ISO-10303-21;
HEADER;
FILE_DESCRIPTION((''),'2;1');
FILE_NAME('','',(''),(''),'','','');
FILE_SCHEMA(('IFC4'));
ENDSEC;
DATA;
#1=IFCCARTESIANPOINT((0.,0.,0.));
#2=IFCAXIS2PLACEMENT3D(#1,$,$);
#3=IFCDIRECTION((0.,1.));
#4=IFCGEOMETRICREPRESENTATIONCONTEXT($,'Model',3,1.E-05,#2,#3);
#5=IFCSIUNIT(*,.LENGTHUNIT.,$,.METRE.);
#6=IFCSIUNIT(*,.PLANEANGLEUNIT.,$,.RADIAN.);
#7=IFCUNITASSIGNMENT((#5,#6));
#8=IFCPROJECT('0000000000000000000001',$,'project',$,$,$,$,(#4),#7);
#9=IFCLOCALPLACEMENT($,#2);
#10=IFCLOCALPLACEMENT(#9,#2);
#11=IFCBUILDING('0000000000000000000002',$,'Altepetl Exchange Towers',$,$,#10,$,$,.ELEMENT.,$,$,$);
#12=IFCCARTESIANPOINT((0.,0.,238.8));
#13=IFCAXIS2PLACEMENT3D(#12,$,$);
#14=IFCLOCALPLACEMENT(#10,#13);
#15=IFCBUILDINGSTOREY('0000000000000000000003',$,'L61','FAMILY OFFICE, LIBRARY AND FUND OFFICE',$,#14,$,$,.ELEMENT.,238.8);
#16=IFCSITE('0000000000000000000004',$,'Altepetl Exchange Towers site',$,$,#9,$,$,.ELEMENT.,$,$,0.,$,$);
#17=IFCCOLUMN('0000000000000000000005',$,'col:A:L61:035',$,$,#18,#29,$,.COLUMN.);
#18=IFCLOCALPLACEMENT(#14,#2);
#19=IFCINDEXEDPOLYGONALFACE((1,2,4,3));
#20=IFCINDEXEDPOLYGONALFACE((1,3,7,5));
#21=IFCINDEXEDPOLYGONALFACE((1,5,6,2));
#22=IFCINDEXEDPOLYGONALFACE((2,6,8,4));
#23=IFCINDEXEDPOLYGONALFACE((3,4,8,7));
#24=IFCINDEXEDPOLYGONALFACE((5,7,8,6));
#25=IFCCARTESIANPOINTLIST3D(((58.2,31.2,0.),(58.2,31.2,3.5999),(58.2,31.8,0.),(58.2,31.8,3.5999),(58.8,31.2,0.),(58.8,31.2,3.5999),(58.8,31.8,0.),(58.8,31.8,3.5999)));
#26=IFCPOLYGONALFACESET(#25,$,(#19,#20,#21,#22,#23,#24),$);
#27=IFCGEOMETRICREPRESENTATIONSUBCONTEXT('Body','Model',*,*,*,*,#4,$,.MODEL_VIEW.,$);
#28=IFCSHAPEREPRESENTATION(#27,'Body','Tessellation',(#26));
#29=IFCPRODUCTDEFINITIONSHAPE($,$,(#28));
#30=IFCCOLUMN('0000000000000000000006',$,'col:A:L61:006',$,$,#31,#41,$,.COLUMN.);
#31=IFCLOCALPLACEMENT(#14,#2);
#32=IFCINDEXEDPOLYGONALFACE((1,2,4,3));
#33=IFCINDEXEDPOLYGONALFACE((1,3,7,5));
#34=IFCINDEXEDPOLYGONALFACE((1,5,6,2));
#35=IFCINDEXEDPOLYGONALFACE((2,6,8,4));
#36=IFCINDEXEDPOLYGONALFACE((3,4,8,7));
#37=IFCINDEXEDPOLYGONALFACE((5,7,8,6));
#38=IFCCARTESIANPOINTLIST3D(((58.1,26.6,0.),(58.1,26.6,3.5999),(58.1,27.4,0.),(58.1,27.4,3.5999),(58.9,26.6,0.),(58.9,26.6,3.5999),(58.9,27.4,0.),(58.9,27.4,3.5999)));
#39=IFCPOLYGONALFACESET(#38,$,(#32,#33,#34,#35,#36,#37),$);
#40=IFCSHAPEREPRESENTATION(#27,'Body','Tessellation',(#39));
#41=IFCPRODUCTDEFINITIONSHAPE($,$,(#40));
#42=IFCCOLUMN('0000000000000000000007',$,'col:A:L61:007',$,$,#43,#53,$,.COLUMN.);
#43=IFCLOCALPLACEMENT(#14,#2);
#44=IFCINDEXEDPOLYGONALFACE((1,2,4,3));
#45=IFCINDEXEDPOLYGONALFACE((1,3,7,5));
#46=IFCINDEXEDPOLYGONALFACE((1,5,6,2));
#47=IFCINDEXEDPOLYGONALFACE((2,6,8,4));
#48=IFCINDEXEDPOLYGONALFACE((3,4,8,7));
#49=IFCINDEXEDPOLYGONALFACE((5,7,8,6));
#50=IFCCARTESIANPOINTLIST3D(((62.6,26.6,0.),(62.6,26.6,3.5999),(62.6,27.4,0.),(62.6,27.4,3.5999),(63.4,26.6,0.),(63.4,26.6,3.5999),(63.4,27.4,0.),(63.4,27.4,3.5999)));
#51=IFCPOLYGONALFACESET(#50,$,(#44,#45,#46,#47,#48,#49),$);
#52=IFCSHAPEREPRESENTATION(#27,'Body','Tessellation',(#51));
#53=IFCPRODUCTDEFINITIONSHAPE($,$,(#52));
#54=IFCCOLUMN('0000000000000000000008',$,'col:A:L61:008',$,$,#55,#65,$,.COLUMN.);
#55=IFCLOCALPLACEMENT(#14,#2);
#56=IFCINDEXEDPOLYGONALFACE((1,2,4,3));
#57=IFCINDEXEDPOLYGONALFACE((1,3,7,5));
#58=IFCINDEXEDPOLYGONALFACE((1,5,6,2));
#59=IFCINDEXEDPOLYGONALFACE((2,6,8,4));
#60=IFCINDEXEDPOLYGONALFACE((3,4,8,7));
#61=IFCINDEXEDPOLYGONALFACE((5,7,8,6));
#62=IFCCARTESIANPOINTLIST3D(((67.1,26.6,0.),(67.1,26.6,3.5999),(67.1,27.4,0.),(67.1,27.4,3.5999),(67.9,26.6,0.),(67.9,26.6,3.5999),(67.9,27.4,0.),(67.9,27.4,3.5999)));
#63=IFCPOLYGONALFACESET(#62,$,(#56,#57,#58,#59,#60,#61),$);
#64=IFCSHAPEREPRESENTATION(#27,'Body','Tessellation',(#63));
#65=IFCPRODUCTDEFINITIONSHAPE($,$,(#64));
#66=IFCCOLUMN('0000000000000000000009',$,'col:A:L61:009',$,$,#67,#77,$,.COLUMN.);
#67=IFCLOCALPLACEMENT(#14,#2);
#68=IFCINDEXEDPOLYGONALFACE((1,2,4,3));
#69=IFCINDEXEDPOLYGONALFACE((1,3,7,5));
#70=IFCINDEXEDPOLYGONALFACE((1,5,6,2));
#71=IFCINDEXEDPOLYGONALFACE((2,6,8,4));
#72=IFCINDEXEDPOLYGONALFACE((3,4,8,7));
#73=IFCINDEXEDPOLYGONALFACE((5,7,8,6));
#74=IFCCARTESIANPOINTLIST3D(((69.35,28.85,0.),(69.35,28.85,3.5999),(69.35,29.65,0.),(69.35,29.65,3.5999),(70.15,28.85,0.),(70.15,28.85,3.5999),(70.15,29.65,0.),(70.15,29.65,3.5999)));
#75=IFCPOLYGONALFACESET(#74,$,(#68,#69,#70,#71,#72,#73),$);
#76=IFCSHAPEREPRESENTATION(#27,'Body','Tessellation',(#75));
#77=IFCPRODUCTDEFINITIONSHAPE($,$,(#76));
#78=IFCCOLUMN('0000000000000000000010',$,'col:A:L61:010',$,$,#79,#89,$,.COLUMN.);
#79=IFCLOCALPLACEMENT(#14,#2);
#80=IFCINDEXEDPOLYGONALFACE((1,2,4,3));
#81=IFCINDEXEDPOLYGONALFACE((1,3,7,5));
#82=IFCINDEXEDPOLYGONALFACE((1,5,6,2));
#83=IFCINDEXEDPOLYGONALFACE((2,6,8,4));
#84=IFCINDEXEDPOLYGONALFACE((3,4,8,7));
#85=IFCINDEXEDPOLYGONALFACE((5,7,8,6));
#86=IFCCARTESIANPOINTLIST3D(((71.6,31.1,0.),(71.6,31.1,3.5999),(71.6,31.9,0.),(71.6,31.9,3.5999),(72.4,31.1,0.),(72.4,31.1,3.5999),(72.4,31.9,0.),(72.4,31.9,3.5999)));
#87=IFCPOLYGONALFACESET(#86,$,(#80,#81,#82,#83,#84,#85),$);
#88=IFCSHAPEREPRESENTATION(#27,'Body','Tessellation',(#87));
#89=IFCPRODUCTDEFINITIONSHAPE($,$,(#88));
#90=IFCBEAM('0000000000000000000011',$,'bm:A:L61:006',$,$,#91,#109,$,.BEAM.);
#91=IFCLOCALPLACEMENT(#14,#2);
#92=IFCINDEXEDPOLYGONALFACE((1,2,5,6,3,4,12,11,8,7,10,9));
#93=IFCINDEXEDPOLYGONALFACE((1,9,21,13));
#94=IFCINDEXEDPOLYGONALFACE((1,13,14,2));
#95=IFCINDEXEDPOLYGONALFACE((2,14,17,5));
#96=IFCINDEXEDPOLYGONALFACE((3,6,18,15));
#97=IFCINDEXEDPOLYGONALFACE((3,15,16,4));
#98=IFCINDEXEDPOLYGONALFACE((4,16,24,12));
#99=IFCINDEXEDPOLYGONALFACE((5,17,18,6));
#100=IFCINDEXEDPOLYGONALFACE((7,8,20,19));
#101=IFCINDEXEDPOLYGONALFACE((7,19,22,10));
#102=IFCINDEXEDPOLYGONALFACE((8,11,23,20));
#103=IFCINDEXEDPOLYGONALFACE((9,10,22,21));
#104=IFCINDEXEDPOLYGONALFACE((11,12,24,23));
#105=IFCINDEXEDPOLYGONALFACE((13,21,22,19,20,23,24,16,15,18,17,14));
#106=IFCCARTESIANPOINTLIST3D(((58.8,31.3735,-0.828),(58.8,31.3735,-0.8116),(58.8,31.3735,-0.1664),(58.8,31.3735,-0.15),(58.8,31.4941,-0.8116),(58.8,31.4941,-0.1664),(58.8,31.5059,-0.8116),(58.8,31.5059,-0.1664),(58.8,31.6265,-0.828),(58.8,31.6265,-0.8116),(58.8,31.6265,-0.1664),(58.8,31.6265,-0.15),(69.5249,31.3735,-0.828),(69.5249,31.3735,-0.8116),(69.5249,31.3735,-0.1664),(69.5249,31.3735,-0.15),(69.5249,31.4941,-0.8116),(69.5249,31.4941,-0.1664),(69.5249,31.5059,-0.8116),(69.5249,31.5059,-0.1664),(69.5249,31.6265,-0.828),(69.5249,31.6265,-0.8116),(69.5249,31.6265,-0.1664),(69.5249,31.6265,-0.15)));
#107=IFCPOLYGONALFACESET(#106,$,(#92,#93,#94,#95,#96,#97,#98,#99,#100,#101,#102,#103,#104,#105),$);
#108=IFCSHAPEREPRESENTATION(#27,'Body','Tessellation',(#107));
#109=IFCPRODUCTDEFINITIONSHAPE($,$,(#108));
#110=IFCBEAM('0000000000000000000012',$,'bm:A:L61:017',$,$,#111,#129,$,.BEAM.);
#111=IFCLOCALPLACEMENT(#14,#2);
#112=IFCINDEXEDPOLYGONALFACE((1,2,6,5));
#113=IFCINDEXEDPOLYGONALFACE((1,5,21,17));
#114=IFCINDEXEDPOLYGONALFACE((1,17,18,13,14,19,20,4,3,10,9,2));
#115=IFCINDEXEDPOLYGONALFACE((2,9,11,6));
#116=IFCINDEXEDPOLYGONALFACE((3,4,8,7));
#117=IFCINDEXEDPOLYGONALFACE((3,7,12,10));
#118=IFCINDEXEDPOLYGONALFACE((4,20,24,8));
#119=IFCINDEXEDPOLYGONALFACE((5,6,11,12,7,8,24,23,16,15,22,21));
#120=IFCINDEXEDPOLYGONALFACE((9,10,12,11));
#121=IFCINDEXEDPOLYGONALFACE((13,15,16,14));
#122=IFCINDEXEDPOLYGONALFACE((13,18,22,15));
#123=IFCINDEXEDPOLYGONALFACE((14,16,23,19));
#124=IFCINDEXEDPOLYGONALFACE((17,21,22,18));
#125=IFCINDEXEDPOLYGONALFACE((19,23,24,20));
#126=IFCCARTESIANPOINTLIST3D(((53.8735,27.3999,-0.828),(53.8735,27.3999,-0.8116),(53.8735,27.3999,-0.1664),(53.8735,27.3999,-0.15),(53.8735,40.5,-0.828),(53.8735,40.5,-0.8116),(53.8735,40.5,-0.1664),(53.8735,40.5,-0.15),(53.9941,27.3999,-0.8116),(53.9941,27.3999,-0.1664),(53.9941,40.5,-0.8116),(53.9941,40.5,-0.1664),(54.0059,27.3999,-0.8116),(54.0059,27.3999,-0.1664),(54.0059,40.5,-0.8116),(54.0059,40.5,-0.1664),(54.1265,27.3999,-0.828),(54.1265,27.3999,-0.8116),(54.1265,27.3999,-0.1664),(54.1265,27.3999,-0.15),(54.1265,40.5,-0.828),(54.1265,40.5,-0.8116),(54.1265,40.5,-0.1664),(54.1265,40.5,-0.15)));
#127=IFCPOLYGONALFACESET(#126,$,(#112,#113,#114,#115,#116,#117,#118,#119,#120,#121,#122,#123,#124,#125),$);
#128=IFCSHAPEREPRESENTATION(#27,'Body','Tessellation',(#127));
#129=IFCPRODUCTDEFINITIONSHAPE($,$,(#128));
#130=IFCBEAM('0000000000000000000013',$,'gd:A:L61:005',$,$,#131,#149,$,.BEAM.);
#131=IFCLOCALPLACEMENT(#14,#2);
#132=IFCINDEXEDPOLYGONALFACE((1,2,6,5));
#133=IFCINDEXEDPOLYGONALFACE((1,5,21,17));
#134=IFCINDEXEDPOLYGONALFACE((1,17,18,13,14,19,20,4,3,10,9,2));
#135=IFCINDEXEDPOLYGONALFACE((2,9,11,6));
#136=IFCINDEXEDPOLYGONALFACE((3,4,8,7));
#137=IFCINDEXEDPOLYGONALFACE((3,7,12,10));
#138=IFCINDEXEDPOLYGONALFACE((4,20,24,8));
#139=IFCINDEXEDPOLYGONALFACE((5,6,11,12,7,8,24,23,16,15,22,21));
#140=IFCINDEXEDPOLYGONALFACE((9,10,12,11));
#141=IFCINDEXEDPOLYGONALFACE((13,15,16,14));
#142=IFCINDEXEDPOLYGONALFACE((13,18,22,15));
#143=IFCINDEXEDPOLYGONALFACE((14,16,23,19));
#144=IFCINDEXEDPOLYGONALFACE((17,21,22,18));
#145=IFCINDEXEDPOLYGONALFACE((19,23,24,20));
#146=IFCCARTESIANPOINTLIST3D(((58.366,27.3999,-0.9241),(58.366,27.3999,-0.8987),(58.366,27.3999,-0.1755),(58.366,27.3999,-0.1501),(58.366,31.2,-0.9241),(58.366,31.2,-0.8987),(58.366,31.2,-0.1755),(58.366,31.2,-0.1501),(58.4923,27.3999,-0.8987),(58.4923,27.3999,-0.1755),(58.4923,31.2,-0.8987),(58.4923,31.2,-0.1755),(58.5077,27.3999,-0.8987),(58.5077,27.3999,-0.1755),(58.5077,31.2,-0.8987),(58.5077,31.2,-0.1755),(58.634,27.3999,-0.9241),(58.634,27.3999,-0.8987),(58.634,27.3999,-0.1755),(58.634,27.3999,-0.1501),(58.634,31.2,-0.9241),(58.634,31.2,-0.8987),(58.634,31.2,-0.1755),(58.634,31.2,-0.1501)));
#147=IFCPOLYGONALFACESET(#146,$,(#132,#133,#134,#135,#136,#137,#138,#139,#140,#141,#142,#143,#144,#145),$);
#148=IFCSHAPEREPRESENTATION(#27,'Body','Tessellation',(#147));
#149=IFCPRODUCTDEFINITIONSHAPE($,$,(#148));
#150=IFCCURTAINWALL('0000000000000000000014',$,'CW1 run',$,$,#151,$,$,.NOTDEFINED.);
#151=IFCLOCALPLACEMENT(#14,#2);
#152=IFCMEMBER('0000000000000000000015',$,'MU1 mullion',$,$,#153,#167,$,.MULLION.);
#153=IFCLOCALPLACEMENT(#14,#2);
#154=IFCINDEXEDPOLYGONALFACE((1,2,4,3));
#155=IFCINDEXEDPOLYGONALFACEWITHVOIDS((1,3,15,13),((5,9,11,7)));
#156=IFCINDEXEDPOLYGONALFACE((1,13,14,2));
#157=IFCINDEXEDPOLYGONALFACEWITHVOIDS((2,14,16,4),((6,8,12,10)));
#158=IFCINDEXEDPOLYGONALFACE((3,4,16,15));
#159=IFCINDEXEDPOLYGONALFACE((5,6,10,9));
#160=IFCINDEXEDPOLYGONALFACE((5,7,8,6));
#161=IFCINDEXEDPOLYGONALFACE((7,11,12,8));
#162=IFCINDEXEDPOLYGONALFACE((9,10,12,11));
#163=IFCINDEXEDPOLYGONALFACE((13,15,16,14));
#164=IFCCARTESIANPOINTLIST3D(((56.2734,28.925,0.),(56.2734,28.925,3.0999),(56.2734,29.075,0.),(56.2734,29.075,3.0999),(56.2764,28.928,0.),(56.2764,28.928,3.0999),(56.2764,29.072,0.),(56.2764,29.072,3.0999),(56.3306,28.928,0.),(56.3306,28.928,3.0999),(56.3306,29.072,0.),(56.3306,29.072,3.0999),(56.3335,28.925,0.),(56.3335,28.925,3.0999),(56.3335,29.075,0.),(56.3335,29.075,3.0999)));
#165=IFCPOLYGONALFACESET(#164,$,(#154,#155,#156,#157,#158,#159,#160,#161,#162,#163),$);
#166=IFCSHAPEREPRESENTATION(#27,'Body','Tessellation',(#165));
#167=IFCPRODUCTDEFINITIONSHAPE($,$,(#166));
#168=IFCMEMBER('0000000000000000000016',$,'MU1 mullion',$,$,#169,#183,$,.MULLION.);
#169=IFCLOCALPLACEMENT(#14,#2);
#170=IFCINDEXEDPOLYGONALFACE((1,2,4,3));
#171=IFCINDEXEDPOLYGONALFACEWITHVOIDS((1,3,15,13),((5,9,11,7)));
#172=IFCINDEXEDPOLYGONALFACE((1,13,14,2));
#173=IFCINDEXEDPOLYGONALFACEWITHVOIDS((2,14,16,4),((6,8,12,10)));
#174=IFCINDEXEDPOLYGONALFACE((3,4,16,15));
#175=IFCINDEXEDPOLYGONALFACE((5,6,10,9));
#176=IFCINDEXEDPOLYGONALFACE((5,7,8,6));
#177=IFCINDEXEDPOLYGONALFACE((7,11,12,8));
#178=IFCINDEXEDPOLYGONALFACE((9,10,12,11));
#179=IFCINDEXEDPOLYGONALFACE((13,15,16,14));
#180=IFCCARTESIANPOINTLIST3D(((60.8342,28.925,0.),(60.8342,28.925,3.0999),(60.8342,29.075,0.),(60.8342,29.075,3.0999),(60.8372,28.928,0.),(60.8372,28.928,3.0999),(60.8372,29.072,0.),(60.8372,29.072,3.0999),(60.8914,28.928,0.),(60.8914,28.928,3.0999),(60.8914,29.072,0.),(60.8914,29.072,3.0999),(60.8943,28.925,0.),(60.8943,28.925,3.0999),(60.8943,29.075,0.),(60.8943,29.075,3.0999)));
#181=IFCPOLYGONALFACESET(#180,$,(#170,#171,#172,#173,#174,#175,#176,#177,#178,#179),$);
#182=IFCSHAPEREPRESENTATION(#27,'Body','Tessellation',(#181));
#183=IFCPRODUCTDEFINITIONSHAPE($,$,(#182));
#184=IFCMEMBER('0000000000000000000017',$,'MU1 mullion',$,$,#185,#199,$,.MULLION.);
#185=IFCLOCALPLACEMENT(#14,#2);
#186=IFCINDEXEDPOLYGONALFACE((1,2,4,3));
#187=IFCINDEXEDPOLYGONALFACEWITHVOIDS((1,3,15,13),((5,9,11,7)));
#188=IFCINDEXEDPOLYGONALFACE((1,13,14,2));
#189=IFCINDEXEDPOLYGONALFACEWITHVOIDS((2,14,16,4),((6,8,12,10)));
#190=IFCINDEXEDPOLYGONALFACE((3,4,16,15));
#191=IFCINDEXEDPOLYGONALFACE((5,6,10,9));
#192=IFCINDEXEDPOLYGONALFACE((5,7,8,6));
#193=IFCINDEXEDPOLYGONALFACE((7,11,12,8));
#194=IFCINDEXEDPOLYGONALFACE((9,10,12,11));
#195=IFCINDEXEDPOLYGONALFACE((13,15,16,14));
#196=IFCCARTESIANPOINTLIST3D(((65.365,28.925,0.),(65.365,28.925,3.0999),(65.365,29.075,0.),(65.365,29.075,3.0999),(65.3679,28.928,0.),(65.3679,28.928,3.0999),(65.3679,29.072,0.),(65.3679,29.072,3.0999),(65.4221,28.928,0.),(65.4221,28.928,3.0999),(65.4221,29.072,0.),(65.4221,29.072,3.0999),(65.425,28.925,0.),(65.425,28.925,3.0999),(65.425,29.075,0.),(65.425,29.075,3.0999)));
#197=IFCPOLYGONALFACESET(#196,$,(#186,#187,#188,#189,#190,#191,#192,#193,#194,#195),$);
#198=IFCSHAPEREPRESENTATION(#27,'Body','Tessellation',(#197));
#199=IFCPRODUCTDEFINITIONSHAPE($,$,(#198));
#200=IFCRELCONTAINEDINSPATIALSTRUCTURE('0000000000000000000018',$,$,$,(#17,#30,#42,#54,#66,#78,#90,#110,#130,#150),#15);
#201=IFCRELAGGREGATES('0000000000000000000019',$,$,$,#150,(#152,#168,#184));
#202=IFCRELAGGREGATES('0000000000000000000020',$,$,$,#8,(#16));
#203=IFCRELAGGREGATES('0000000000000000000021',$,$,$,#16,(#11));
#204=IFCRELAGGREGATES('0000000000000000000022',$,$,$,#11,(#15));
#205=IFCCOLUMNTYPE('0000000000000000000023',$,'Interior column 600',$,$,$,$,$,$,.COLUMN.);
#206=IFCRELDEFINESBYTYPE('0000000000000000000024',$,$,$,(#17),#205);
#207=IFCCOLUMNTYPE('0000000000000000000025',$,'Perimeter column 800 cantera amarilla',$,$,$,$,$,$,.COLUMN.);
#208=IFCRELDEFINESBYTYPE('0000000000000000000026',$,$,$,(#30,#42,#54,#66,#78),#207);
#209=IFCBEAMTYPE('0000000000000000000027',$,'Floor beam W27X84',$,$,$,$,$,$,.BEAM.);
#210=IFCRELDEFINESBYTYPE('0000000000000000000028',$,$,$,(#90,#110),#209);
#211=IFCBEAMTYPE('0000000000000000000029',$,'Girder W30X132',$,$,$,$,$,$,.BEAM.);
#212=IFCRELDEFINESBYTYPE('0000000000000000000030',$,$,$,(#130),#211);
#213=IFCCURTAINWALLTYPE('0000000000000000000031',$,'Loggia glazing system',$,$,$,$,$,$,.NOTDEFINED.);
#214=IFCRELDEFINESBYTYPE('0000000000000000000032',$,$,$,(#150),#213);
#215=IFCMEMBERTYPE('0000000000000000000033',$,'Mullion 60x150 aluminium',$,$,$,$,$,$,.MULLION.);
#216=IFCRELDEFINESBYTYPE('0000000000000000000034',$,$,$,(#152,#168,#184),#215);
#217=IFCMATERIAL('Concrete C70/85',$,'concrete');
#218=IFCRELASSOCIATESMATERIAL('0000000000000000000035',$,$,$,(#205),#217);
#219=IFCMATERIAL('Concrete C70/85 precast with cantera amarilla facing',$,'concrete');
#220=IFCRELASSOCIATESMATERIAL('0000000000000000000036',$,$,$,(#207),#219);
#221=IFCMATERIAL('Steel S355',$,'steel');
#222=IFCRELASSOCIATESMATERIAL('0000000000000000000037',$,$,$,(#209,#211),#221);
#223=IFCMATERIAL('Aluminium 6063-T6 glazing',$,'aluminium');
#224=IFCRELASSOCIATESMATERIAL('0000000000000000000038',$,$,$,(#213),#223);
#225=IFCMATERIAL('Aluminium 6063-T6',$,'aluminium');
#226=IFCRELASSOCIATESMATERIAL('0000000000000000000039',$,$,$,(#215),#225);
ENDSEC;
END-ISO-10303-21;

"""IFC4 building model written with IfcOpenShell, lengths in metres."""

from ifc_helpers import new_model, si_unit, direction, frame, origin, origin_2d, place, context, subcontext, project, spatial, rectangle, hollow_rectangle, i_section, extrude, material, material_profile, profile_set, type_object, element, aggregate, save


model = new_model("IFC4")

# Units and contexts
model_context = context("Model", 3, precision=1e-05, world=origin(), true_north=direction((0.0, 1.0)))
body_context = subcontext(model_context, "Body", "Model", "MODEL_VIEW")
ifc_project = project(units=[si_unit("LENGTHUNIT", "METRE"), si_unit("PLANEANGLEUNIT", "RADIAN")], contexts=[model_context])

# Site, building, storey
site_placement = place(None, origin())
site = spatial("IfcSite", under=ifc_project, at=site_placement, Name="Altepetl Exchange Towers site", CompositionType="ELEMENT", RefElevation=0.0)
building_placement = place(site_placement, origin())
building = spatial("IfcBuilding", under=site, at=building_placement, Name="Altepetl Exchange Towers", CompositionType="ELEMENT")
storey_placement = place(building_placement, frame((0.0, 0.0, 238.8)))
storey = spatial("IfcBuildingStorey", under=building, at=storey_placement, Name="L61", Description="FAMILY OFFICE, LIBRARY AND FUND OFFICE", CompositionType="ELEMENT", Elevation=238.8)

# Columns
ifc_material_1 = material(Name="Concrete C70/85", Category="concrete")
ifc_material_profile_1 = material_profile(ifc_material_1, rectangle(XDim=0.6001, YDim=0.6001, at=origin_2d()), Name="600 x 600")
ifc_profile_set_1 = profile_set([ifc_material_profile_1], Name="Concrete C70/85")
column_type_1 = type_object("IfcColumnType", Name="Interior column 600", PredefinedType="COLUMN", material=ifc_profile_set_1)
column_placement = place(storey_placement, frame((58.5, 31.5, 0.0)))
element("IfcColumn", 1, at=column_placement, inside=storey, type_object=column_type_1, Name="col:A:L61:035", PredefinedType="COLUMN", context=body_context, shape_type="SweptSolid", body=[
    extrude(rectangle(XDim=0.6001, YDim=0.6001, at=origin_2d()), origin(), (0.0, 0.0, 1.0), 3.5999),
])
ifc_material_2 = material(Name="Concrete C70/85 precast with cantera amarilla facing", Category="concrete")
ifc_material_profile_2 = material_profile(ifc_material_2, rectangle(XDim=0.8, YDim=0.8, at=origin_2d()), Name="800 x 800")
ifc_profile_set_2 = profile_set([ifc_material_profile_2], Name="Concrete C70/85 precast with cantera amarilla facing")
column_type_2 = type_object("IfcColumnType", Name="Perimeter column 800 cantera amarilla", PredefinedType="COLUMN", material=ifc_profile_set_2)
for number, where, name in (
    (2, (58.5, 27.0, 0.0), "col:A:L61:006"),
    (3, (63.0, 27.0, 0.0), "col:A:L61:007"),
    (4, (67.5, 27.0, 0.0), "col:A:L61:008"),
    (5, (69.75, 29.25, 0.0), "col:A:L61:009"),
    (6, (72.0, 31.5, 0.0), "col:A:L61:010"),
):
    element("IfcColumn", number, at=place(storey_placement, frame(where)), inside=storey, type_object=column_type_2, Name=name, PredefinedType="COLUMN", context=body_context, shape_type="SweptSolid", body=[
        extrude(rectangle(XDim=0.8, YDim=0.8, at=origin_2d()), origin(), (0.0, 0.0, 1.0), 3.5999),
    ])

# Beams
ifc_material_3 = material(Name="Steel S355", Category="steel")
ifc_material_profile_3 = material_profile(ifc_material_3, i_section(OverallWidth=0.2529, OverallDepth=0.678, WebThickness=0.0117, FlangeThickness=0.0164, at=origin_2d()), Name="W27X84")
ifc_profile_set_3 = profile_set([ifc_material_profile_3], Name="Steel S355")
beam_type_1 = type_object("IfcBeamType", Name="Floor beam W27X84", PredefinedType="BEAM", material=ifc_profile_set_3)
beam_1_placement = place(storey_placement, frame((58.8, 31.5, -0.489), z_axis=(1.0, 0.0, 0.0), x_axis=(0.0, 1.0, 0.0)))
element("IfcBeam", 7, at=beam_1_placement, inside=storey, type_object=beam_type_1, Name="bm:A:L61:006", PredefinedType="BEAM", context=body_context, shape_type="SweptSolid", body=[
    extrude(i_section(OverallWidth=0.2529, OverallDepth=0.678, WebThickness=0.0117, FlangeThickness=0.0164, at=origin_2d()), origin(), (0.0, 0.0, 1.0), 10.7249),
])
beam_2_placement = place(storey_placement, frame((54.0, 27.3999, -0.489), z_axis=(0.0, 1.0, 0.0), x_axis=(-1.0, 0.0, 0.0)))
element("IfcBeam", 8, at=beam_2_placement, inside=storey, type_object=beam_type_1, Name="bm:A:L61:017", PredefinedType="BEAM", context=body_context, shape_type="SweptSolid", body=[
    extrude(i_section(OverallWidth=0.2529, OverallDepth=0.678, WebThickness=0.0117, FlangeThickness=0.0164, at=origin_2d()), origin(), (0.0, 0.0, 1.0), 13.1001),
])
ifc_material_profile_4 = material_profile(ifc_material_3, i_section(OverallWidth=0.2681, OverallDepth=0.7739, WebThickness=0.0154, FlangeThickness=0.0254, at=origin_2d()), Name="W30X132")
ifc_profile_set_4 = profile_set([ifc_material_profile_4], Name="Steel S355")
beam_type_2 = type_object("IfcBeamType", Name="Girder W30X132", PredefinedType="BEAM", material=ifc_profile_set_4)
beam_3_placement = place(storey_placement, frame((58.5, 31.2, -0.5371), z_axis=(0.0, -1.0, 0.0), x_axis=(1.0, 0.0, 0.0)))
element("IfcBeam", 9, at=beam_3_placement, inside=storey, type_object=beam_type_2, Name="gd:A:L61:005", PredefinedType="BEAM", context=body_context, shape_type="SweptSolid", body=[
    extrude(i_section(OverallWidth=0.2681, OverallDepth=0.7739, WebThickness=0.0154, FlangeThickness=0.0254, at=origin_2d()), origin(), (0.0, 0.0, 1.0), 3.8),
])

# Curtain wall, members
ifc_material_4 = material(Name="Aluminium 6063-T6 glazing", Category="aluminium")
curtain_wall_type = type_object("IfcCurtainWallType", Name="Loggia glazing system", PredefinedType="NOTDEFINED", material=ifc_material_4)
curtain_wall_1_placement = place(storey_placement, origin())
curtain_wall_1 = element("IfcCurtainWall", 10, at=curtain_wall_1_placement, inside=storey, type_object=curtain_wall_type, Name="CW1 run", PredefinedType="NOTDEFINED")
ifc_material_5 = material(Name="Aluminium 6063-T6", Category="aluminium")
ifc_material_profile_5 = material_profile(ifc_material_5, hollow_rectangle(XDim=0.0601, YDim=0.1499, WallThickness=0.0029, at=origin_2d()), Name="Mullion 60x150 aluminium")
ifc_profile_set_5 = profile_set([ifc_material_profile_5], Name="Aluminium 6063-T6")
member_type = type_object("IfcMemberType", Name="Mullion 60x150 aluminium", PredefinedType="MULLION", material=ifc_profile_set_5)
member_1_placement = place(storey_placement, frame((56.3035, 29.0, 0.0)))
member_1 = element("IfcMember", 11, at=member_1_placement, type_object=member_type, Name="MU1 mullion", PredefinedType="MULLION", context=body_context, shape_type="SweptSolid", body=[
    extrude(hollow_rectangle(XDim=0.0601, YDim=0.1499, WallThickness=0.0029, at=origin_2d()), origin(), (0.0, 0.0, 1.0), 3.0999),
])
member_2_placement = place(storey_placement, frame((60.8643, 29.0, 0.0)))
member_2 = element("IfcMember", 12, at=member_2_placement, type_object=member_type, Name="MU1 mullion", PredefinedType="MULLION", context=body_context, shape_type="SweptSolid", body=[
    extrude(hollow_rectangle(XDim=0.0601, YDim=0.1499, WallThickness=0.0029, at=origin_2d()), origin(), (0.0, 0.0, 1.0), 3.0999),
])
member_3_placement = place(storey_placement, frame((65.395, 29.0, 0.0)))
member_3 = element("IfcMember", 13, at=member_3_placement, type_object=member_type, Name="MU1 mullion", PredefinedType="MULLION", context=body_context, shape_type="SweptSolid", body=[
    extrude(hollow_rectangle(XDim=0.0601, YDim=0.1499, WallThickness=0.0029, at=origin_2d()), origin(), (0.0, 0.0, 1.0), 3.0999),
])

aggregate(curtain_wall_1, [member_1, member_2, member_3])

save(model, "model.ifc")
